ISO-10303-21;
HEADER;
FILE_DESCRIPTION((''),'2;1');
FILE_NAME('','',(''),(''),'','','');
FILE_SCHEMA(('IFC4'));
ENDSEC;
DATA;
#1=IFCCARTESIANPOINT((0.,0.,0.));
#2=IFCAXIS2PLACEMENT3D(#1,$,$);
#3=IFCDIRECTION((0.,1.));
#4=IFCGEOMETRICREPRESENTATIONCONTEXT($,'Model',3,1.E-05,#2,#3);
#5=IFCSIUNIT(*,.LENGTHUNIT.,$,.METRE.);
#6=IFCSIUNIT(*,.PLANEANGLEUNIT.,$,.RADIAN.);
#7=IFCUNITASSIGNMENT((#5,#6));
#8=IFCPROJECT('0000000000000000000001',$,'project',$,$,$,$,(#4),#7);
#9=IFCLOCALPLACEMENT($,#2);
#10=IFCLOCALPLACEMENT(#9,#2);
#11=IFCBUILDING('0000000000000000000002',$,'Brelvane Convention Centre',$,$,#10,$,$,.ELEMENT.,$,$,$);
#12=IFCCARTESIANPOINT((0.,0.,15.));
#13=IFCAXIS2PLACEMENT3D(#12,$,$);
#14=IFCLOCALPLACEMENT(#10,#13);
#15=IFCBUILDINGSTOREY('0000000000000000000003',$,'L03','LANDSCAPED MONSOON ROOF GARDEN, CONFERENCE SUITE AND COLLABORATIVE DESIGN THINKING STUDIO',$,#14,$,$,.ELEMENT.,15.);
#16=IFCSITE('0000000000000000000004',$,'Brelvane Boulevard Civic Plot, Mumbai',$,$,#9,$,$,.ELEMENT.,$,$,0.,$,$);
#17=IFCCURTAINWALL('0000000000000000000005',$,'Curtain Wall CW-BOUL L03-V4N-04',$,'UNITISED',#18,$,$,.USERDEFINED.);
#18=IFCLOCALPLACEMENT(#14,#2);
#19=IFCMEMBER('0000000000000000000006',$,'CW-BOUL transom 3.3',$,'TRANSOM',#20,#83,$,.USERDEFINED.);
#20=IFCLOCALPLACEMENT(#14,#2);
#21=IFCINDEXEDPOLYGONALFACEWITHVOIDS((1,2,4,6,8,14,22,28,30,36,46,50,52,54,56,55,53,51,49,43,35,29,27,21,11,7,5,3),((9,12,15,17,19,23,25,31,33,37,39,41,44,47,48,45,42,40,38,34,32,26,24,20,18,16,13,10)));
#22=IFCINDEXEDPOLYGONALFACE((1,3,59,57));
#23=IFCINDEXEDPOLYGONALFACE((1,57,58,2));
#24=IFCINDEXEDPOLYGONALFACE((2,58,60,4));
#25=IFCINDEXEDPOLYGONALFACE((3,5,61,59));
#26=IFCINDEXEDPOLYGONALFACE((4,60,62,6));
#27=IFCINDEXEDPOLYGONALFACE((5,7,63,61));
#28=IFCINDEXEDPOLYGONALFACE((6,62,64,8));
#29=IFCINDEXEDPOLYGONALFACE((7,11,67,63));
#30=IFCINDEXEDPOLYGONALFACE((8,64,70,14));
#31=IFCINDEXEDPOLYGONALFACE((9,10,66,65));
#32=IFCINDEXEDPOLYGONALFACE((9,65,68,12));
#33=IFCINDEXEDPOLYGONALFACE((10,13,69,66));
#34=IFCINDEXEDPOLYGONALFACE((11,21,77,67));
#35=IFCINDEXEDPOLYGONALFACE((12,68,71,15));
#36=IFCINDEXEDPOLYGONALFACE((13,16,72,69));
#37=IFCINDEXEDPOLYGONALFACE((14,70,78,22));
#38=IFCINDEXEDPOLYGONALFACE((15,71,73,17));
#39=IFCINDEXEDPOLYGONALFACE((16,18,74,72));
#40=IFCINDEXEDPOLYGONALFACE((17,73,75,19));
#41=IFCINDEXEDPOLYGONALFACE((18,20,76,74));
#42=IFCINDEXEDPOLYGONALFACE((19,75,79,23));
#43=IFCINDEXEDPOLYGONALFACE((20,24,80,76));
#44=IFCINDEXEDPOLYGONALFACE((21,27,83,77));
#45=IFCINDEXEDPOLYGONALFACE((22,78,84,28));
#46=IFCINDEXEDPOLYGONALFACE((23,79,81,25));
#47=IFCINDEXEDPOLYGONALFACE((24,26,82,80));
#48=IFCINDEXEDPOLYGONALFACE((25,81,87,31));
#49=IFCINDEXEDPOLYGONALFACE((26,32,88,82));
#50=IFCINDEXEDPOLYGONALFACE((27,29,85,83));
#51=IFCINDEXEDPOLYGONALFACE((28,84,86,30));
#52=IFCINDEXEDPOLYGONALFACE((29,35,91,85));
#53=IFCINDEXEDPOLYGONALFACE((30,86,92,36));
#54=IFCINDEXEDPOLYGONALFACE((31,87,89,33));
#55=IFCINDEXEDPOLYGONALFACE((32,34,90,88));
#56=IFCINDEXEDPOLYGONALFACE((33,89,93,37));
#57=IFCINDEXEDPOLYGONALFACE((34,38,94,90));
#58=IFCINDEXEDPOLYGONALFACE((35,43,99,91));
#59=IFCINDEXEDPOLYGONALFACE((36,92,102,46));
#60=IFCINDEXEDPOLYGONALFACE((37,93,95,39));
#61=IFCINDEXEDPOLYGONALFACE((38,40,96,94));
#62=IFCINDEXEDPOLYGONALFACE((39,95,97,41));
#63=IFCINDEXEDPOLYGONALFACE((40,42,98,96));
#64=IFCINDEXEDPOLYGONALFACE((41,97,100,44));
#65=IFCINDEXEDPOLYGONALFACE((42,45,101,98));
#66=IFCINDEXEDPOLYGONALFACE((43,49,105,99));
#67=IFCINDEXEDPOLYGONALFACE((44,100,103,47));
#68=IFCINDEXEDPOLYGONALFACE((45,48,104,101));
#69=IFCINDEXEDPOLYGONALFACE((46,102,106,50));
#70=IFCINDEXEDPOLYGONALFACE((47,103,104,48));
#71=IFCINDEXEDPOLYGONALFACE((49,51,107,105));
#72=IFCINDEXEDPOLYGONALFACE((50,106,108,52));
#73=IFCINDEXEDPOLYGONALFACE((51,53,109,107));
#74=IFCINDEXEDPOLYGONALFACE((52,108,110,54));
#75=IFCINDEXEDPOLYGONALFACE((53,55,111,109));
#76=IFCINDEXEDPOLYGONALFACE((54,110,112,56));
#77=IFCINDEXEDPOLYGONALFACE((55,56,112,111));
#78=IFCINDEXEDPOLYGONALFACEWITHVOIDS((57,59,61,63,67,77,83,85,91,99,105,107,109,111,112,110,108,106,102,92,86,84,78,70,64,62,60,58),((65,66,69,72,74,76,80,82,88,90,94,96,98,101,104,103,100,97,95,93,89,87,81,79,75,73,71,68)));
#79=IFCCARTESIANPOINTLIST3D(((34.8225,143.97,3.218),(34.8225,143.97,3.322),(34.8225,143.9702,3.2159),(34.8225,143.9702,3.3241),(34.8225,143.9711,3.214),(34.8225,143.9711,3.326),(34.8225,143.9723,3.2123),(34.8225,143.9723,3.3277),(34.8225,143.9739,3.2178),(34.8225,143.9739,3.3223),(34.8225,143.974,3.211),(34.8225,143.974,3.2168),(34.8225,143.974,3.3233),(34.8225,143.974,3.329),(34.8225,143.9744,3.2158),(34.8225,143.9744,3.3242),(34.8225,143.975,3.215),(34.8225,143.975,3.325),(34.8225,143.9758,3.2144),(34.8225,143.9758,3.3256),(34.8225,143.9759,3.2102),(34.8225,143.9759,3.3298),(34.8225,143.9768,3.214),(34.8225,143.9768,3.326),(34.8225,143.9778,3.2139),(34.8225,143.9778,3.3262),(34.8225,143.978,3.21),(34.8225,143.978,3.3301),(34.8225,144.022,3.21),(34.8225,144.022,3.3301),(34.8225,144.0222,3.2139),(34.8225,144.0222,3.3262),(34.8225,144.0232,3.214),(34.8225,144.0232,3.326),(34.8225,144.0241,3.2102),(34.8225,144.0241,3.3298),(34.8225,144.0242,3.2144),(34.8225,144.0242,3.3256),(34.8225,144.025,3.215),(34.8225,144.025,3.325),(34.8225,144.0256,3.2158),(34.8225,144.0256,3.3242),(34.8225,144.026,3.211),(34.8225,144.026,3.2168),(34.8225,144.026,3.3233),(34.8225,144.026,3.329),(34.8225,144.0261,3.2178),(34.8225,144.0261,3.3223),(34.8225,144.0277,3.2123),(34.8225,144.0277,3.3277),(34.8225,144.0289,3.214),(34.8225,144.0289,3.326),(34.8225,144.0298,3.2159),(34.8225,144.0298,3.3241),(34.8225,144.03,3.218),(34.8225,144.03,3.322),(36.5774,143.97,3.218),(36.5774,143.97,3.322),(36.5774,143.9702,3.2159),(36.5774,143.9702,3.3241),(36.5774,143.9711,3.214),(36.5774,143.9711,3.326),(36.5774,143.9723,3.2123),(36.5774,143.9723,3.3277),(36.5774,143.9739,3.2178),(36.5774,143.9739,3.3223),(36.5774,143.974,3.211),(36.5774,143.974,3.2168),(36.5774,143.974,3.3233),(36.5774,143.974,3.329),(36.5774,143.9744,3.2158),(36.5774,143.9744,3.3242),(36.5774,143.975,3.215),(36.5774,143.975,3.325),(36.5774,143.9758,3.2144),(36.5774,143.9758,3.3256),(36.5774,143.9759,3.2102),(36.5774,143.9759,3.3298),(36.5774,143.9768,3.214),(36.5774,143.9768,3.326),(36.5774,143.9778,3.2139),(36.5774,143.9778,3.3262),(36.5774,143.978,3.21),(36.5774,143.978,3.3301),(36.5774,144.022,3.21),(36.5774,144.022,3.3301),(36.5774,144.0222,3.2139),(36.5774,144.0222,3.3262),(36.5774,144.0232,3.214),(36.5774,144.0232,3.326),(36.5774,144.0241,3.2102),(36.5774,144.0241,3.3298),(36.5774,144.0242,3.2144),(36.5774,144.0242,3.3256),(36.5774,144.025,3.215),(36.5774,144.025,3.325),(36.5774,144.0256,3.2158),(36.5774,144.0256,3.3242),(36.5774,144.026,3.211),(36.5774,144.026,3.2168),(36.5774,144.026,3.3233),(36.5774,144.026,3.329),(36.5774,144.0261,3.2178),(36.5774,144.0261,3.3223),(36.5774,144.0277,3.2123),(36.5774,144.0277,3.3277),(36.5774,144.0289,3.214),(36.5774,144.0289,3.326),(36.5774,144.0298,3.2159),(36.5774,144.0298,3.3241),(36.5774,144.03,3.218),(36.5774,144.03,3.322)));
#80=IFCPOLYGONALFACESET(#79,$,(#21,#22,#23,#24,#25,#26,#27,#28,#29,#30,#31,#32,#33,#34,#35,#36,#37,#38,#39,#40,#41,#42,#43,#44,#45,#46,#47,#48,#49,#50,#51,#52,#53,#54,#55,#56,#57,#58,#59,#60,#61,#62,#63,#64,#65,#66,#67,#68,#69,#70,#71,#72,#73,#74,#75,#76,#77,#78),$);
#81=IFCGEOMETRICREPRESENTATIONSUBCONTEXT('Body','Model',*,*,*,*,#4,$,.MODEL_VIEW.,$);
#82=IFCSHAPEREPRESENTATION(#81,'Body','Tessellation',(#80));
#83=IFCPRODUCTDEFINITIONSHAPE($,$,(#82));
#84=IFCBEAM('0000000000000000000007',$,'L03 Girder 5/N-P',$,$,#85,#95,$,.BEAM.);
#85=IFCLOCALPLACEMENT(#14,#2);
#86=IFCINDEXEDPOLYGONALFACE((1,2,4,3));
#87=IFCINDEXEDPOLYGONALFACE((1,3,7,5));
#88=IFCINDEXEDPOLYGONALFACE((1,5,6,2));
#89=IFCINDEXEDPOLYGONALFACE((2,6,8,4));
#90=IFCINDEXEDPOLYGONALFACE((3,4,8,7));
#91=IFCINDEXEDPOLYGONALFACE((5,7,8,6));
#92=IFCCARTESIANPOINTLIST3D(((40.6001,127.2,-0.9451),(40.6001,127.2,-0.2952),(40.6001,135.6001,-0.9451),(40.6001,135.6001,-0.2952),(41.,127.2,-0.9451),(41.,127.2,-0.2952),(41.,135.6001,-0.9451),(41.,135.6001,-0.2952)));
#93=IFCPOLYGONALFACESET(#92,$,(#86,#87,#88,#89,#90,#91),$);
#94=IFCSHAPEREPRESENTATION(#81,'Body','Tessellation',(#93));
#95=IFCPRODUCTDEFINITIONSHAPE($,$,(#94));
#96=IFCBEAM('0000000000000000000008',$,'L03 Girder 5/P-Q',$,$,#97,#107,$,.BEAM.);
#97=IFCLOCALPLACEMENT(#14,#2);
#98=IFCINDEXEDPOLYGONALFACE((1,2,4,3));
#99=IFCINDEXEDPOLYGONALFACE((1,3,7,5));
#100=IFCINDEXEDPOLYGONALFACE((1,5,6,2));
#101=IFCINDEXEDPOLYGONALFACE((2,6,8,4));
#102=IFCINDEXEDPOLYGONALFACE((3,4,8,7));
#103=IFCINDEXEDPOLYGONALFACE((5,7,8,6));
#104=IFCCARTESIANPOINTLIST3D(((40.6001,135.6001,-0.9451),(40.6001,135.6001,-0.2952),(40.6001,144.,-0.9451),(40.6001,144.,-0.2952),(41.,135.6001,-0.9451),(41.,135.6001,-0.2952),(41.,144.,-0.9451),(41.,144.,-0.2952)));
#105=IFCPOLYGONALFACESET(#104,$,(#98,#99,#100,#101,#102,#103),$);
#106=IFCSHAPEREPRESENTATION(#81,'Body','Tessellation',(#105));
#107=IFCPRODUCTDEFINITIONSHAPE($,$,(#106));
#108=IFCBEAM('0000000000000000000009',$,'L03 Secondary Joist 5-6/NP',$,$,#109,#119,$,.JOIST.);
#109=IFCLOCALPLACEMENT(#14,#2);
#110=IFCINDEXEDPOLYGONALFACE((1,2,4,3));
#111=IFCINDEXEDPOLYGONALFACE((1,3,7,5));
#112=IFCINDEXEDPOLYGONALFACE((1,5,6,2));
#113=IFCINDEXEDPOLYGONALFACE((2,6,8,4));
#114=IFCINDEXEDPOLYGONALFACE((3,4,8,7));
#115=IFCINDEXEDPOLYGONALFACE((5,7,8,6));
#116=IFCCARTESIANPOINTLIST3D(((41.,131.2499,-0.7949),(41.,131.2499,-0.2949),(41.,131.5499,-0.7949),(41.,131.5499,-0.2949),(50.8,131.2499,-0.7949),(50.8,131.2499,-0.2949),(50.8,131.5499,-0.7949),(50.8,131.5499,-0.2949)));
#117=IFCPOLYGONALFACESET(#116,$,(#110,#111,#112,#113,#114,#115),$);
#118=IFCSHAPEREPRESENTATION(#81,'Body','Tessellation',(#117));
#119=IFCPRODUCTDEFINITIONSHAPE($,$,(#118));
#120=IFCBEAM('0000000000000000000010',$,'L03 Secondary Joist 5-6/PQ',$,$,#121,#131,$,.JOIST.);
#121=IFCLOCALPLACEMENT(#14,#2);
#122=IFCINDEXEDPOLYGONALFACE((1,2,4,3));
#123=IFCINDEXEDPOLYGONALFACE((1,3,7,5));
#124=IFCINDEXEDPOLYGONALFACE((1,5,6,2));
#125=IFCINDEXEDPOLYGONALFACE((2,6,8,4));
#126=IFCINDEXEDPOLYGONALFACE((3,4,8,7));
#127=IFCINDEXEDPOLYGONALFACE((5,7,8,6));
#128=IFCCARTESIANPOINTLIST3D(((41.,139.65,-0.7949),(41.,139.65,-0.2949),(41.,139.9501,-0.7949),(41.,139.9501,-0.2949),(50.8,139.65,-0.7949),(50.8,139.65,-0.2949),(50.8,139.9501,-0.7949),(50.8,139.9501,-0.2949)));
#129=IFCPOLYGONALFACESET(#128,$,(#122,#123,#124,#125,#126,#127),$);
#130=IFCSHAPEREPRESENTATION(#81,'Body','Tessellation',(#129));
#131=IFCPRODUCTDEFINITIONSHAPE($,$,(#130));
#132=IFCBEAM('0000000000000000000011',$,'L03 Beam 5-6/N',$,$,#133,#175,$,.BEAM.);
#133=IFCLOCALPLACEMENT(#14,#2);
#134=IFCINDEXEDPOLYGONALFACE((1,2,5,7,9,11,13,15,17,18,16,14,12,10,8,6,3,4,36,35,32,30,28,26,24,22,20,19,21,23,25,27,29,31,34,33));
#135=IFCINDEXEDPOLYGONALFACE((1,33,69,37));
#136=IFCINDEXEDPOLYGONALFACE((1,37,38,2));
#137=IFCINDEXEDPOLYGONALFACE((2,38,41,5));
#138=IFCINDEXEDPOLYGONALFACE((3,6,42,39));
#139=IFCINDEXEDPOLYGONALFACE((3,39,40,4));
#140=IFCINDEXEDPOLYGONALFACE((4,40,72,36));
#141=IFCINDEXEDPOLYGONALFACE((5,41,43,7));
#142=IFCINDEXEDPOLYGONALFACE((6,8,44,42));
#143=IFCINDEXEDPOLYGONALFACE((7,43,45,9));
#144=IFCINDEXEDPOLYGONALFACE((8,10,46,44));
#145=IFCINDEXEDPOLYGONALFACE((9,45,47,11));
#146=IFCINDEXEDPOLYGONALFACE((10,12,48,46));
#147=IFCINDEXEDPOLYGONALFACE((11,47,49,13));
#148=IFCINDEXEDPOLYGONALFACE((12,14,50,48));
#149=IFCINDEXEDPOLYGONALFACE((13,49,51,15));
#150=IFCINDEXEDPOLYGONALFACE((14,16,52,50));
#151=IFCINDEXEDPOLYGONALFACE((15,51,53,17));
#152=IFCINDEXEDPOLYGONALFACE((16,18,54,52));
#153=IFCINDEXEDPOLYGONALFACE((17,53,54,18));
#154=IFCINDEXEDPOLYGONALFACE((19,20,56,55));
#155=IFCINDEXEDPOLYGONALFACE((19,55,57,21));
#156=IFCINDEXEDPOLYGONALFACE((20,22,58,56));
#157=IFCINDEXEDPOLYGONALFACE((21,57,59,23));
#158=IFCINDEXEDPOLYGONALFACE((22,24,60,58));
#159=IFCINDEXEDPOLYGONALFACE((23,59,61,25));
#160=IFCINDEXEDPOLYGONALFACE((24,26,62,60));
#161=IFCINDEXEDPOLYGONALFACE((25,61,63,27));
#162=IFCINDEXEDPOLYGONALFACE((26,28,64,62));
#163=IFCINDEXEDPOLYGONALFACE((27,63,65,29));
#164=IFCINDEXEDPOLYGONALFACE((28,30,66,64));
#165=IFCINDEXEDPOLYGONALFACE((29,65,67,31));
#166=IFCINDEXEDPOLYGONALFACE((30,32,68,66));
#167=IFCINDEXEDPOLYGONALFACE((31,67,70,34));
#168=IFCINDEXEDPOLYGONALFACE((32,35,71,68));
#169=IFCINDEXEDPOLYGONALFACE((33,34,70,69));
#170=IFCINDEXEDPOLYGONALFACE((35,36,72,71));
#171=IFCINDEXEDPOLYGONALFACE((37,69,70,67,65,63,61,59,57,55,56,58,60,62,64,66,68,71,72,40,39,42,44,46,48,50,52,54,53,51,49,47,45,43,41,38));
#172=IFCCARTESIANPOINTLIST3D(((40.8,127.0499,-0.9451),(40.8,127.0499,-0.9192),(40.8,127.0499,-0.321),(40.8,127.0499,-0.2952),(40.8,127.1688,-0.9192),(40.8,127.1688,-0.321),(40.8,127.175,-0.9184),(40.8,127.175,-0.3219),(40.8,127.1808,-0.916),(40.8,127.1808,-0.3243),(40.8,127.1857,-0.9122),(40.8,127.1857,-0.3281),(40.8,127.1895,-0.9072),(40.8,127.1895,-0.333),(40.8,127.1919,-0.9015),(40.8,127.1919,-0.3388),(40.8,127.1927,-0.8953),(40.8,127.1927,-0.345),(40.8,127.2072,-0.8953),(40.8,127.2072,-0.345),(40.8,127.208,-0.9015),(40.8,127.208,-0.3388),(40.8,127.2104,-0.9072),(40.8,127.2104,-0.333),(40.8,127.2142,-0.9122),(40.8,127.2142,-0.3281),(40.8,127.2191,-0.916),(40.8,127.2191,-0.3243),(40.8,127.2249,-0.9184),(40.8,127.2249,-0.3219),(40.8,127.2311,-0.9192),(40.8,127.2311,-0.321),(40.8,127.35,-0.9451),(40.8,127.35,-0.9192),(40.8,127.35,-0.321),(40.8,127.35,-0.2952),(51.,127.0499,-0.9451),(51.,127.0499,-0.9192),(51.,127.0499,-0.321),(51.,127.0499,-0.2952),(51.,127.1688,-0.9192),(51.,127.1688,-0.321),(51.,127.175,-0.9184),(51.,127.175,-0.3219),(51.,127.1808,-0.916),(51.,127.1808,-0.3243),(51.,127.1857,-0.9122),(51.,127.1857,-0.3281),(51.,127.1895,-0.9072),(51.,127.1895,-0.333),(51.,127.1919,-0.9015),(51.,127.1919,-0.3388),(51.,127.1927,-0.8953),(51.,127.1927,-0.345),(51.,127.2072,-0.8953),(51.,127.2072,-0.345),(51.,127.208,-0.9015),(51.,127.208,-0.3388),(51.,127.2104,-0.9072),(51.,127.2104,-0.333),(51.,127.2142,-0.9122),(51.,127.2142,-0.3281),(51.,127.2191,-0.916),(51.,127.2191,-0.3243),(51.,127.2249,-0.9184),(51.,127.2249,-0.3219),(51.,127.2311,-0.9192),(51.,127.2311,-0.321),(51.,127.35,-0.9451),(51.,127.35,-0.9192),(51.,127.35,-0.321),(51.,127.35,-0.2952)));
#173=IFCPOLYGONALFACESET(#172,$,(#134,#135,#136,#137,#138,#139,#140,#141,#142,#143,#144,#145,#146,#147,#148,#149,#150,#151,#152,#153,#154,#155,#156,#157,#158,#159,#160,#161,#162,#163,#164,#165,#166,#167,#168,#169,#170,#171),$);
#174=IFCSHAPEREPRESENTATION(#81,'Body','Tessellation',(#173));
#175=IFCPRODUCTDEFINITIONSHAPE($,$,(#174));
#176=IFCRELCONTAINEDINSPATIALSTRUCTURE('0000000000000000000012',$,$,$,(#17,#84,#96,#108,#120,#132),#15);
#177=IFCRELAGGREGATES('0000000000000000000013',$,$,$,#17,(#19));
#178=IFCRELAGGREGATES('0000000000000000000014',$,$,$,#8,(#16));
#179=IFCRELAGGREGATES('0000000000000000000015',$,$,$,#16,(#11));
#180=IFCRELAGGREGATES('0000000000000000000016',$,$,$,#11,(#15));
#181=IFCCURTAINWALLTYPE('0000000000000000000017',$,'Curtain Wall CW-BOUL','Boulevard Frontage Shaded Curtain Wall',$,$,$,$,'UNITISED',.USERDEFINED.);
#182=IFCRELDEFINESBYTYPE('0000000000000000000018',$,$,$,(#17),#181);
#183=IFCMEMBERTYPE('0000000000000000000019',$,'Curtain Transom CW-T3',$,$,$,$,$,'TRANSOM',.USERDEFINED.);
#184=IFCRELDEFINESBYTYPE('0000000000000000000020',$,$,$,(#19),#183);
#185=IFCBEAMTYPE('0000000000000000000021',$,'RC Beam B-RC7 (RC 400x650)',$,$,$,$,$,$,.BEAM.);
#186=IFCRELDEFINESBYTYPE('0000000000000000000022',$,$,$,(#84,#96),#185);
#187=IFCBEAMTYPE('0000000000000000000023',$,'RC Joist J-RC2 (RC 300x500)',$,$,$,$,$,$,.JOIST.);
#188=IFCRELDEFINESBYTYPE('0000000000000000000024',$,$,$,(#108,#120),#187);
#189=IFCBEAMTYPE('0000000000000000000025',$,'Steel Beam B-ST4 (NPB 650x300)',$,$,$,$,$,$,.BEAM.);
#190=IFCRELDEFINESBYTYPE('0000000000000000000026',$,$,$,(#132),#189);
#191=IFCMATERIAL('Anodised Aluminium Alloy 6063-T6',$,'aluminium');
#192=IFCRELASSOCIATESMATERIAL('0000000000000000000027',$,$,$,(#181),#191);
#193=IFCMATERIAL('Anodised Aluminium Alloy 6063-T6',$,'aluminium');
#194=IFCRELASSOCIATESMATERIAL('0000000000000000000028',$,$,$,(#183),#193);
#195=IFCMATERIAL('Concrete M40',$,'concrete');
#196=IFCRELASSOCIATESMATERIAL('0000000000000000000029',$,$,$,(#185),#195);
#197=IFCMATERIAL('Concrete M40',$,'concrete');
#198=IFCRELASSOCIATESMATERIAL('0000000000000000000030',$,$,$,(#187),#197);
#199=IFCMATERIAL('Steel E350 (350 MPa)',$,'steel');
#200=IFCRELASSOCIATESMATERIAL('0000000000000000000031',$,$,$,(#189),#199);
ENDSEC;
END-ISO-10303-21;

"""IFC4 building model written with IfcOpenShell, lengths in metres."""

from ifc_helpers import new_model, si_unit, direction, frame, origin, origin_2d, place, context, subcontext, project, spatial, rectangle, hollow_rectangle, i_section, extrude, material, material_profile, profile_set, type_object, element, aggregate, save


model = new_model("IFC4")

# Units and contexts
model_context = context("Model", 3, precision=1e-05, world=origin(), true_north=direction((0.0, 1.0)))
body_context = subcontext(model_context, "Body", "Model", "MODEL_VIEW")
ifc_project = project(units=[si_unit("LENGTHUNIT", "METRE"), si_unit("PLANEANGLEUNIT", "RADIAN")], contexts=[model_context])

# Site, building, storey
site_placement = place(None, origin())
site = spatial("IfcSite", under=ifc_project, at=site_placement, Name="Brelvane Boulevard Civic Plot, Mumbai", CompositionType="ELEMENT", RefElevation=0.0)
building_placement = place(site_placement, origin())
building = spatial("IfcBuilding", under=site, at=building_placement, Name="Brelvane Convention Centre", CompositionType="ELEMENT")
storey_placement = place(building_placement, frame((0.0, 0.0, 15.0)))
storey = spatial("IfcBuildingStorey", under=building, at=storey_placement, Name="L03", Description="LANDSCAPED MONSOON ROOF GARDEN, CONFERENCE SUITE AND COLLABORATIVE DESIGN THINKING STUDIO", CompositionType="ELEMENT", Elevation=15.0)

# Curtain wall, member
ifc_material_1 = material(Name="Anodised Aluminium Alloy 6063-T6", Category="aluminium")
curtain_wall_type = type_object("IfcCurtainWallType", Name="Curtain Wall CW-BOUL", Description="Boulevard Frontage Shaded Curtain Wall", ElementType="UNITISED", PredefinedType="USERDEFINED", material=ifc_material_1)
curtain_wall_placement = place(storey_placement, origin())
curtain_wall = element("IfcCurtainWall", 1, at=curtain_wall_placement, inside=storey, type_object=curtain_wall_type, Name="Curtain Wall CW-BOUL L03-V4N-04", ObjectType="UNITISED", PredefinedType="USERDEFINED")
ifc_material_2 = material(Name="Anodised Aluminium Alloy 6063-T6", Category="aluminium")
ifc_material_profile_1 = material_profile(ifc_material_2, hollow_rectangle(XDim=0.0601, YDim=0.1201, WallThickness=0.0039, InnerFilletRadius=0.0039, OuterFilletRadius=0.0081, at=origin_2d()), Name="ALU-T 120x60x4.0")
ifc_profile_set_1 = profile_set([ifc_material_profile_1], Name="Anodised Aluminium Alloy 6063-T6")
member_type_1 = type_object("IfcMemberType", Name="Curtain Transom CW-T3", ElementType="TRANSOM", PredefinedType="USERDEFINED", material=ifc_profile_set_1)
member_1_placement = place(storey_placement, frame((34.8225, 144.0, 3.27), z_axis=(1.0, 0.0, 0.0), x_axis=(0.0, 1.0, 0.0)))
member_1 = element("IfcMember", 2, at=member_1_placement, type_object=member_type_1, Name="CW-BOUL transom 3.3", ObjectType="TRANSOM", PredefinedType="USERDEFINED", context=body_context, shape_type="SweptSolid", body=[
    extrude(hollow_rectangle(XDim=0.0601, YDim=0.1201, WallThickness=0.0039, InnerFilletRadius=0.0039, OuterFilletRadius=0.0081, at=origin_2d()), origin(), (0.0, 0.0, 1.0), 1.7549),
])

# Beams
ifc_material_3 = material(Name="Concrete M40", Category="concrete")
ifc_material_profile_2 = material_profile(ifc_material_3, rectangle(XDim=0.3999, YDim=0.6499, at=origin_2d()), Name="RC 400x650")
ifc_profile_set_2 = profile_set([ifc_material_profile_2], Name="Concrete M40")
beam_type_1 = type_object("IfcBeamType", Name="RC Beam B-RC7 (RC 400x650)", PredefinedType="BEAM", material=ifc_profile_set_2)
beam_1_placement = place(storey_placement, frame((40.8, 127.2, -0.6201), z_axis=(0.0, 1.0, 0.0), x_axis=(-1.0, 0.0, 0.0)))
element("IfcBeam", 3, at=beam_1_placement, inside=storey, type_object=beam_type_1, Name="L03 Girder 5/N-P", PredefinedType="BEAM", context=body_context, shape_type="SweptSolid", body=[
    extrude(rectangle(XDim=0.3999, YDim=0.6499, at=origin_2d()), origin(), (0.0, 0.0, 1.0), 8.4001),
])
beam_2_placement = place(storey_placement, frame((40.8, 135.6001, -0.6201), z_axis=(0.0, 1.0, 0.0), x_axis=(-1.0, 0.0, 0.0)))
element("IfcBeam", 4, at=beam_2_placement, inside=storey, type_object=beam_type_1, Name="L03 Girder 5/P-Q", PredefinedType="BEAM", context=body_context, shape_type="SweptSolid", body=[
    extrude(rectangle(XDim=0.3999, YDim=0.6499, at=origin_2d()), origin(), (0.0, 0.0, 1.0), 8.3999),
])
ifc_material_4 = material(Name="Concrete M40", Category="concrete")
ifc_material_profile_3 = material_profile(ifc_material_4, rectangle(XDim=0.3, YDim=0.5, at=origin_2d()), Name="RC 300x500")
ifc_profile_set_3 = profile_set([ifc_material_profile_3], Name="Concrete M40")
beam_type_2 = type_object("IfcBeamType", Name="RC Joist J-RC2 (RC 300x500)", PredefinedType="JOIST", material=ifc_profile_set_3)
for number, where, z_axis, x_axis, name in (
    (5, (41.0, 131.3999, -0.5449), (1.0, 0.0, 0.0), (0.0, 1.0, 0.0), "L03 Secondary Joist 5-6/NP"),
    (6, (41.0, 139.8, -0.5449), (1.0, 0.0, 0.0), (0.0, 1.0, 0.0), "L03 Secondary Joist 5-6/PQ"),
):
    element("IfcBeam", number, at=place(storey_placement, frame(where, z_axis=z_axis, x_axis=x_axis)), inside=storey, type_object=beam_type_2, Name=name, PredefinedType="JOIST", context=body_context, shape_type="SweptSolid", body=[
        extrude(rectangle(XDim=0.3, YDim=0.5, at=origin_2d()), origin(), (0.0, 0.0, 1.0), 9.8),
    ])
ifc_material_5 = material(Name="Steel E350 (350 MPa)", Category="steel")
ifc_material_profile_4 = material_profile(ifc_material_5, i_section(OverallWidth=0.3, OverallDepth=0.6499, WebThickness=0.0144, FlangeThickness=0.0259, FilletRadius=0.0239, at=origin_2d()), Name="NPB 650x300")
ifc_profile_set_4 = profile_set([ifc_material_profile_4], Name="Steel E350 (350 MPa)")
beam_type_3 = type_object("IfcBeamType", Name="Steel Beam B-ST4 (NPB 650x300)", PredefinedType="BEAM", material=ifc_profile_set_4)
for number, where, z_axis, x_axis, name in (
    (7, (40.8, 127.2, -0.6201), (1.0, 0.0, 0.0), (0.0, 1.0, 0.0), "L03 Beam 5-6/N"),
):
    element("IfcBeam", number, at=place(storey_placement, frame(where, z_axis=z_axis, x_axis=x_axis)), inside=storey, type_object=beam_type_3, Name=name, PredefinedType="BEAM", context=body_context, shape_type="SweptSolid", body=[
        extrude(i_section(OverallWidth=0.3, OverallDepth=0.6499, WebThickness=0.0144, FlangeThickness=0.0259, FilletRadius=0.0239, at=origin_2d()), origin(), (0.0, 0.0, 1.0), 10.2),
    ])

aggregate(curtain_wall, [member_1])

save(model, "model.ifc")
